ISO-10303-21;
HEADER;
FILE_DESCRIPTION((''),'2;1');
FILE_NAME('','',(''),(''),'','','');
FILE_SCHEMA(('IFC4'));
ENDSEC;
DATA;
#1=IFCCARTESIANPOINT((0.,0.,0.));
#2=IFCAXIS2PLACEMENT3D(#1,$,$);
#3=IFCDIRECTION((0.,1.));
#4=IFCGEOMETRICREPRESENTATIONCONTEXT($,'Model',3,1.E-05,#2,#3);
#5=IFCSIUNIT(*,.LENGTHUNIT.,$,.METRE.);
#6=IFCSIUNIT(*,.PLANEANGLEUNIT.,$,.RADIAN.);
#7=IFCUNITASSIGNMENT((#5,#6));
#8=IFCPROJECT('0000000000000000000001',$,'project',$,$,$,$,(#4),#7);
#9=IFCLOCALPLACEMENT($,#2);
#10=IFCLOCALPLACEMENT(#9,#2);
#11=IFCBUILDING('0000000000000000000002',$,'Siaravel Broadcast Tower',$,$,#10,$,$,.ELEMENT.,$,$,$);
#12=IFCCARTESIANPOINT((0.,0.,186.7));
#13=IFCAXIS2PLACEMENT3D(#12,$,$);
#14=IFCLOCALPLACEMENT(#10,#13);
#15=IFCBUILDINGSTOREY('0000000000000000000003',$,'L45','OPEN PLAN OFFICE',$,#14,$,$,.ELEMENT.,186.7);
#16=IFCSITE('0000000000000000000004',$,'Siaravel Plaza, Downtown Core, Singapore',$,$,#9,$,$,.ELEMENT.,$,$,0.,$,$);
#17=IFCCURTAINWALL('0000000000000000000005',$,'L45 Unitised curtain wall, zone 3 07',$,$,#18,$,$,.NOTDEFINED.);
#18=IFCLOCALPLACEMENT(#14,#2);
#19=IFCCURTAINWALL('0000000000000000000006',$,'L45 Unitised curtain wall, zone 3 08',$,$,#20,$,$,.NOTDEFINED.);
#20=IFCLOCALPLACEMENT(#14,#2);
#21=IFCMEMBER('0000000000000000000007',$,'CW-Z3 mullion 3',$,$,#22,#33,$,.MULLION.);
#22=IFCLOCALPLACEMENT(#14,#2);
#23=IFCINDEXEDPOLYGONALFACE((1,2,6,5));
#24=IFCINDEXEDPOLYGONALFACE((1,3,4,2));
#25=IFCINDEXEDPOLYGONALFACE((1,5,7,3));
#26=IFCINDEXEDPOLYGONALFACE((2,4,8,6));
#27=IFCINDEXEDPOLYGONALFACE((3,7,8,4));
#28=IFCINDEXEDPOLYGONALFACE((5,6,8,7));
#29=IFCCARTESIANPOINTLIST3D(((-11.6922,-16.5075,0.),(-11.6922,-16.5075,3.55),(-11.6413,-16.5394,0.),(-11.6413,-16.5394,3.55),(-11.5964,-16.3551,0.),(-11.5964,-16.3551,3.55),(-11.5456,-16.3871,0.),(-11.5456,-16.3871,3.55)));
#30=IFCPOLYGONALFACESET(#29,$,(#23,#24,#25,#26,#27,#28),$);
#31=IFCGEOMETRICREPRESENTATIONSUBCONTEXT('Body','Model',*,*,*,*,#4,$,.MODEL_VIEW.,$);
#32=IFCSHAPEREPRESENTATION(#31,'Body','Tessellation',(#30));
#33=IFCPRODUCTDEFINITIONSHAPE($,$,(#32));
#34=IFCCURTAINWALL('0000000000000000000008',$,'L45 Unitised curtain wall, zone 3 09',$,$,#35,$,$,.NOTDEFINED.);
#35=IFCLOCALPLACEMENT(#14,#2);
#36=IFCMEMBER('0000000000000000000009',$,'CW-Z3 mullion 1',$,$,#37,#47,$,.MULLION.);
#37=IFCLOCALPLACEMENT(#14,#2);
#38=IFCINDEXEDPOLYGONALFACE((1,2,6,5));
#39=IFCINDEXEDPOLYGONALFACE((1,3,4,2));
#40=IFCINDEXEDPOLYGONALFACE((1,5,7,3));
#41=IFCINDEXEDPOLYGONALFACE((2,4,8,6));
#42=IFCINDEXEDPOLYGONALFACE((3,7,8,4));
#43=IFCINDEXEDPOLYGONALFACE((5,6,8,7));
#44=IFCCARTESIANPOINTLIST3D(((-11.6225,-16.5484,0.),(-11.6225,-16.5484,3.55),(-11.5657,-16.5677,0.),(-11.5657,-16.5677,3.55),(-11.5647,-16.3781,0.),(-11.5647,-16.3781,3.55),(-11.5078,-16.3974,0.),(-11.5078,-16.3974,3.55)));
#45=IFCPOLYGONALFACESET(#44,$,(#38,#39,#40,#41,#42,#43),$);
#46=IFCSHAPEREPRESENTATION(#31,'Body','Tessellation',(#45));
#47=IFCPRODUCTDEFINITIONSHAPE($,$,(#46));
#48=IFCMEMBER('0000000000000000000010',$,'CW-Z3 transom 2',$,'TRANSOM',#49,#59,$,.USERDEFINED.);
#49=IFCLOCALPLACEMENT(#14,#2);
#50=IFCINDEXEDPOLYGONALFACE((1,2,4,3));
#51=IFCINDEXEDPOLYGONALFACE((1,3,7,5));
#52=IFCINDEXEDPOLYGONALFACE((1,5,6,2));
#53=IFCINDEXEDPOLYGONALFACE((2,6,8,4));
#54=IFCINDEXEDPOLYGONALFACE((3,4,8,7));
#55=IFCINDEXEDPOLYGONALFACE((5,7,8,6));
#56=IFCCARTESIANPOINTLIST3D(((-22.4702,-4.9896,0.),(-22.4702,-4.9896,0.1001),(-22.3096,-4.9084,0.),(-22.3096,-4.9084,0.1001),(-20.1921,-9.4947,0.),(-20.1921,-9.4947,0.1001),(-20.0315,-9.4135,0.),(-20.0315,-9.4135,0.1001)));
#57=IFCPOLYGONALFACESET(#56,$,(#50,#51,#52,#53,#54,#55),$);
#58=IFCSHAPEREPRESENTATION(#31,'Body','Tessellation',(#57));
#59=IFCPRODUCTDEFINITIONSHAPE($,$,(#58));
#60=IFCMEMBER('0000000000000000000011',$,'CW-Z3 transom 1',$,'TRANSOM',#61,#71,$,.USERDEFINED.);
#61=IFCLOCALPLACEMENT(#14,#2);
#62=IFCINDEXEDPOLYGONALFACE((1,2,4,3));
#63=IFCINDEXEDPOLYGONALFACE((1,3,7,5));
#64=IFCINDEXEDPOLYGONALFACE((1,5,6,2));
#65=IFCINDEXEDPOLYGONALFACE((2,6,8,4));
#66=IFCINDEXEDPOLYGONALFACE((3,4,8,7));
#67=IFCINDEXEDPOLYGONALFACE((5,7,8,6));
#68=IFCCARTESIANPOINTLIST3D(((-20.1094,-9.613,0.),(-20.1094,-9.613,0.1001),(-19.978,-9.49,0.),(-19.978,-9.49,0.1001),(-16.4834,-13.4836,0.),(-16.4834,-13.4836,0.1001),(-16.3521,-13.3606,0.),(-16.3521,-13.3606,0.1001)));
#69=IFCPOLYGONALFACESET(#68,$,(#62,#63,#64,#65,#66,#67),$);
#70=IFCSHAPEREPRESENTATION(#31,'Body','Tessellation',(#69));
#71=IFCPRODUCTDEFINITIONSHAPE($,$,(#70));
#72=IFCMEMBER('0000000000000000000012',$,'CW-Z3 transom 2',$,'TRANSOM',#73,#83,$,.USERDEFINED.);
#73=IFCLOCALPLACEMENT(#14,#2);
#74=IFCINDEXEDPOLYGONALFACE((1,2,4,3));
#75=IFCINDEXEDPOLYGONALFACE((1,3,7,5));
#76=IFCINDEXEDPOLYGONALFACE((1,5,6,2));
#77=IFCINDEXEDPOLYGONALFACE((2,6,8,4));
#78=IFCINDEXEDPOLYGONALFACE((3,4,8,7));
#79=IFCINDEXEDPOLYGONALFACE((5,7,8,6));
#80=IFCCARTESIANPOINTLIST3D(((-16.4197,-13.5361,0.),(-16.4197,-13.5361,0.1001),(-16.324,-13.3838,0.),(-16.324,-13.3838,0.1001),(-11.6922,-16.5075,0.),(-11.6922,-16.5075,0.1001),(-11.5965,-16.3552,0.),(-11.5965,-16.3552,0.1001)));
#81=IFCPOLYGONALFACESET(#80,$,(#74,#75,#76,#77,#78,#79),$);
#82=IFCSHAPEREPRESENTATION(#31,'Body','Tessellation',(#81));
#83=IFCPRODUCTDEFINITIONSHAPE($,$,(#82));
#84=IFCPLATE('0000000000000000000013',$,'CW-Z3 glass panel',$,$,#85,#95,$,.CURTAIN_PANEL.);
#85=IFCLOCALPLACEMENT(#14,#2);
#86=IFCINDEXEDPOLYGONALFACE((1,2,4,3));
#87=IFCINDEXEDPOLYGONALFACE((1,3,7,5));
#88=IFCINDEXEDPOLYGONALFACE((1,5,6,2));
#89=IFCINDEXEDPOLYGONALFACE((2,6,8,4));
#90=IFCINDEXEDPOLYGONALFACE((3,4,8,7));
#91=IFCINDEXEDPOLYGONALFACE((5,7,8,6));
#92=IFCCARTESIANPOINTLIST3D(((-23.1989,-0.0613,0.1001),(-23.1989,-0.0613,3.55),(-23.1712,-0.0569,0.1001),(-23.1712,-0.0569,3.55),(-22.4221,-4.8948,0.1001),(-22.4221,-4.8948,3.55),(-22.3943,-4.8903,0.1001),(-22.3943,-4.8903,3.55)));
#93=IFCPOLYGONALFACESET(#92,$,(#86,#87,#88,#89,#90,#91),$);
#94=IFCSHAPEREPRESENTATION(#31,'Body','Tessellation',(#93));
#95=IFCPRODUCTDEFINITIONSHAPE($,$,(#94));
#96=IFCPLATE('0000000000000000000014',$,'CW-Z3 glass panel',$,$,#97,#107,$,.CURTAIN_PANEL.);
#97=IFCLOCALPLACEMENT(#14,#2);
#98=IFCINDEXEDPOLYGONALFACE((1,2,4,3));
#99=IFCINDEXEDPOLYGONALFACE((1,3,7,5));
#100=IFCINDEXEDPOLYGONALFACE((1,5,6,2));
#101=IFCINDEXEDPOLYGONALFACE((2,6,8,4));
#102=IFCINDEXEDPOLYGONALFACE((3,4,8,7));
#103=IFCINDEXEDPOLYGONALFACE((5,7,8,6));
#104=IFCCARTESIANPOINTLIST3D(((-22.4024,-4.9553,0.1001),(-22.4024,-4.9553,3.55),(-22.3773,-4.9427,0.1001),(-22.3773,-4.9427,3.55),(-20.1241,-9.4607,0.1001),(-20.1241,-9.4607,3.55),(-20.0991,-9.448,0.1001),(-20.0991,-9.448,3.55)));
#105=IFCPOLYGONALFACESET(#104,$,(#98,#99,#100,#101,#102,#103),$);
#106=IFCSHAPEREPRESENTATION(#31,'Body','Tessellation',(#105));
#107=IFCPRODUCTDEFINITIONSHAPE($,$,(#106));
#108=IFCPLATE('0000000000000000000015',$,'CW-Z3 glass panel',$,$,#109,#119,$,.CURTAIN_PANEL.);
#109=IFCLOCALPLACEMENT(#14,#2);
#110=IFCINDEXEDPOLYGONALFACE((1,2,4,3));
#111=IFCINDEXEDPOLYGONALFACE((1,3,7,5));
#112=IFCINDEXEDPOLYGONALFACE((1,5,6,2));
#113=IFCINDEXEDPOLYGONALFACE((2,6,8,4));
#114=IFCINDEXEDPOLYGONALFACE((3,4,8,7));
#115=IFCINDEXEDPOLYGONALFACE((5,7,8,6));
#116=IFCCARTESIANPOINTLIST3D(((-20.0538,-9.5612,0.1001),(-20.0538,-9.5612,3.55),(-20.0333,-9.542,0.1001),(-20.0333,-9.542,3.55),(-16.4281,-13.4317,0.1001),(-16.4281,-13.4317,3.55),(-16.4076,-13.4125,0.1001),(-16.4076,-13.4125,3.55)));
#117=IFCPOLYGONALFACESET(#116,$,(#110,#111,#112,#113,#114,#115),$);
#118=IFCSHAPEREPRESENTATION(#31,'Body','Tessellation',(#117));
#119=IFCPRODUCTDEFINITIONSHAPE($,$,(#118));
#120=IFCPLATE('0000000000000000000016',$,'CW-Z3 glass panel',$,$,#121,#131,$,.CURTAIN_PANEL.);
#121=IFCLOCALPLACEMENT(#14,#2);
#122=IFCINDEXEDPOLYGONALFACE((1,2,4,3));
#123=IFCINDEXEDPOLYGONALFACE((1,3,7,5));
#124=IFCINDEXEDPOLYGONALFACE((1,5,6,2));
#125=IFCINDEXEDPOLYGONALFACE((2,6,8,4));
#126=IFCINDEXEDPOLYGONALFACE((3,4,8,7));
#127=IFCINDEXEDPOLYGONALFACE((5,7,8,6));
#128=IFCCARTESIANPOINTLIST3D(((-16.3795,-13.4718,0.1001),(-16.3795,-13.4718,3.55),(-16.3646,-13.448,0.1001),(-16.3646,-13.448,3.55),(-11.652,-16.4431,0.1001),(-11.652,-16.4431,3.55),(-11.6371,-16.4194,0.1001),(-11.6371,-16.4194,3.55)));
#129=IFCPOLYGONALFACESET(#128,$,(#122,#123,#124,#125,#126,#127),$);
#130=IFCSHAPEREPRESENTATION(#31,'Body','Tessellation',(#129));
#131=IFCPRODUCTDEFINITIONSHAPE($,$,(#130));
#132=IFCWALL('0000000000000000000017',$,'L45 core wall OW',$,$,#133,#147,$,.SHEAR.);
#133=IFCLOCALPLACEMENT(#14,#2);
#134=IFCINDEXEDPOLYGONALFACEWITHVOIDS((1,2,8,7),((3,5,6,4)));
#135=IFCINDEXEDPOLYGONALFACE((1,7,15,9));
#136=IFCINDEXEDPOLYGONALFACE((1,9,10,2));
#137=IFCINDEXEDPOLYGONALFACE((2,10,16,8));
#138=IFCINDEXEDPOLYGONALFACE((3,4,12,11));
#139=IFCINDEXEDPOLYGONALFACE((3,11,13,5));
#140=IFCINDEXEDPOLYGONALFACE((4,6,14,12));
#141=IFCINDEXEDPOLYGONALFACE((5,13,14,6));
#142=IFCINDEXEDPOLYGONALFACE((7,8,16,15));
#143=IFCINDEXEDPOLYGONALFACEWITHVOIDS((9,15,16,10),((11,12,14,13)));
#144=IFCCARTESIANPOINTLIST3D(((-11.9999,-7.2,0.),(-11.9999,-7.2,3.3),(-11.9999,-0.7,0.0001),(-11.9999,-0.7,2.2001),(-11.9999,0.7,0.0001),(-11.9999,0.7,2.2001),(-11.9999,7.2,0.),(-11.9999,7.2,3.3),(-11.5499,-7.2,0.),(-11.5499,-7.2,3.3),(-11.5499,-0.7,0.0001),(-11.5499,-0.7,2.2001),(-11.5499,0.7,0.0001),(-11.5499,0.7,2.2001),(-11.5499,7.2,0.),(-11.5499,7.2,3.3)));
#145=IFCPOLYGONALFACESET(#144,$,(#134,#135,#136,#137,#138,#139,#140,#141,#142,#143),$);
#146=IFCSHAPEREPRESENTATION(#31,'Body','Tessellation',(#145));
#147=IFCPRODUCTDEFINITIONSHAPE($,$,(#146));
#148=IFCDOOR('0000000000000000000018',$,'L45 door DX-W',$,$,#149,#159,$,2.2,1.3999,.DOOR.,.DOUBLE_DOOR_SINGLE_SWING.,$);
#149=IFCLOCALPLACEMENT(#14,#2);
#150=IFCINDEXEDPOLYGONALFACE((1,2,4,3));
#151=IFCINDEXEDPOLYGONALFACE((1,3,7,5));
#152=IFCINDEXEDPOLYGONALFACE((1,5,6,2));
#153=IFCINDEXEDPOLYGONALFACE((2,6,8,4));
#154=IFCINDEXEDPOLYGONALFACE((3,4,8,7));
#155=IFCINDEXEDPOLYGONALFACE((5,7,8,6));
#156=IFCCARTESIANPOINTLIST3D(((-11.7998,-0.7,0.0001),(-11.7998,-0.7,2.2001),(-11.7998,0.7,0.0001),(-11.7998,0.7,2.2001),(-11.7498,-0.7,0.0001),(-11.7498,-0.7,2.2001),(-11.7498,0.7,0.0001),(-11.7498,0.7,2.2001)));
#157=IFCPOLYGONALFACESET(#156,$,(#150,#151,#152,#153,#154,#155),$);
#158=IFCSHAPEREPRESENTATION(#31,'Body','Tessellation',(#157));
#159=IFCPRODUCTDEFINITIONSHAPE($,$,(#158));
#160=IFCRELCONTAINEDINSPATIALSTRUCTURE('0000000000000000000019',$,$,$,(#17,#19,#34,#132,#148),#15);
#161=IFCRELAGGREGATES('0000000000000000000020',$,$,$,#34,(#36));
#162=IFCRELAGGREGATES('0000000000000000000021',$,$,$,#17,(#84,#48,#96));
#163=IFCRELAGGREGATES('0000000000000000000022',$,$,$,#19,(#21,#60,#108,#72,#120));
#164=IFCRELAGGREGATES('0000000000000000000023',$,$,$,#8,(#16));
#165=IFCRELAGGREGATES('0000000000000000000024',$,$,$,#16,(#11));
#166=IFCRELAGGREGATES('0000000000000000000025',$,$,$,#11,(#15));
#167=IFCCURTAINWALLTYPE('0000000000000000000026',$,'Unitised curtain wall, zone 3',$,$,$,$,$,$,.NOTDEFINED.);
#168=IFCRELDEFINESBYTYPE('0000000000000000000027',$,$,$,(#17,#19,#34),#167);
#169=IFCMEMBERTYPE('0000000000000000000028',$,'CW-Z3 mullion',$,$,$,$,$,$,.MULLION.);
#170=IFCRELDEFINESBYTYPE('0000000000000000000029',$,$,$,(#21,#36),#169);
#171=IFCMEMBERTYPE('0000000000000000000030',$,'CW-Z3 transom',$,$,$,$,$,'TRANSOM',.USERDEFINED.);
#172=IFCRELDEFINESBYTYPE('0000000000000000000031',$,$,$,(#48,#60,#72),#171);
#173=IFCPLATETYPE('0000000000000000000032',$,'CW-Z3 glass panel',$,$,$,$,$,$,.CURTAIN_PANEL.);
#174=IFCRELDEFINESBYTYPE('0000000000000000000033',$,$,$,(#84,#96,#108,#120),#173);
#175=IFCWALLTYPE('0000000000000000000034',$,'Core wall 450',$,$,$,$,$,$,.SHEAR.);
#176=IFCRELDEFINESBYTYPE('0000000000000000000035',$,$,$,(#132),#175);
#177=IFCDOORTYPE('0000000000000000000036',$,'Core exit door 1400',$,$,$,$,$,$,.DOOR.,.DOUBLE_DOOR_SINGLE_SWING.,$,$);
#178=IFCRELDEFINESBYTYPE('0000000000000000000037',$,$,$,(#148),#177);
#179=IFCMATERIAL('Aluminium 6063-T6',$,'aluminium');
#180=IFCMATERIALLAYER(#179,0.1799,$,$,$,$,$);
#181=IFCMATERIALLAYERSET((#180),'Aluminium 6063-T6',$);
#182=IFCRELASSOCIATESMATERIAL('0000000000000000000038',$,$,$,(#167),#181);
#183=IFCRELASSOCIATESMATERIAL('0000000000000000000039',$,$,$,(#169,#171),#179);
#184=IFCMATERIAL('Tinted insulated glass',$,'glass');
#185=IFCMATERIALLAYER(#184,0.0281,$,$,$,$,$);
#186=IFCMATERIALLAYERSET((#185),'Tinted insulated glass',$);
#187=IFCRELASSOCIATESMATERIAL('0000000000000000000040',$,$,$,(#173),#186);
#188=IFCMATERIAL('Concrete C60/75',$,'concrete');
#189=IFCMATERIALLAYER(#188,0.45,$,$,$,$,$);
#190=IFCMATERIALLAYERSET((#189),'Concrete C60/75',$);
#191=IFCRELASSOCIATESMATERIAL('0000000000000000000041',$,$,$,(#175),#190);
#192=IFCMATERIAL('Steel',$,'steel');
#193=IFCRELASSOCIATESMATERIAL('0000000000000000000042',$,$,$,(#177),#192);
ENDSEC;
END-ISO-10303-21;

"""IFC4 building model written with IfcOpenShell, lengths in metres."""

from ifc_helpers import new_model, si_unit, direction, frame, frame_2d, origin, origin_2d, place, context, subcontext, project, spatial, rectangle, extrude, material, layer, layer_set, material_profile, profile_set, type_object, element, fill, aggregate, save


model = new_model("IFC4")

# Units and contexts
model_context = context("Model", 3, precision=1e-05, world=origin(), true_north=direction((0.0, 1.0)))
body_context = subcontext(model_context, "Body", "Model", "MODEL_VIEW")
ifc_project = project(units=[si_unit("LENGTHUNIT", "METRE"), si_unit("PLANEANGLEUNIT", "RADIAN")], contexts=[model_context])

# Site, building, storey
site_placement = place(None, origin())
site = spatial("IfcSite", under=ifc_project, at=site_placement, Name="Siaravel Plaza, Downtown Core, Singapore", CompositionType="ELEMENT", RefElevation=0.0)
building_placement = place(site_placement, origin())
building = spatial("IfcBuilding", under=site, at=building_placement, Name="Siaravel Broadcast Tower", CompositionType="ELEMENT")
storey_placement = place(building_placement, frame((0.0, 0.0, 186.7)))
storey = spatial("IfcBuildingStorey", under=building, at=storey_placement, Name="L45", Description="OPEN PLAN OFFICE", CompositionType="ELEMENT", Elevation=186.7)

# Shared definitions
ifc_material_1 = material(Name="Concrete C60/75", Category="concrete")

# Curtain walls, member
ifc_material_2 = material(Name="Aluminium 6063-T6", Category="aluminium")
ifc_layer_1 = layer(ifc_material_2, 0.1799)
ifc_layer_set_1 = layer_set([ifc_layer_1], Name="Aluminium 6063-T6")
curtain_wall_type = type_object("IfcCurtainWallType", Name="Unitised curtain wall, zone 3", PredefinedType="NOTDEFINED", material=ifc_layer_set_1)
curtain_wall_1_placement = place(storey_placement, origin())
curtain_wall_1 = element("IfcCurtainWall", 1, at=curtain_wall_1_placement, inside=storey, type_object=curtain_wall_type, Name="L45 Unitised curtain wall, zone 3 07", PredefinedType="NOTDEFINED")
ifc_material_profile_1 = material_profile(ifc_material_2, rectangle(XDim=0.1799, YDim=0.0601, at=origin_2d()))
ifc_profile_set_1 = profile_set([ifc_material_profile_1], Name="Aluminium 6063-T6")
member_type_1 = type_object("IfcMemberType", Name="CW-Z3 mullion", PredefinedType="MULLION", material=ifc_profile_set_1)
curtain_wall_2_placement = place(storey_placement, origin())
curtain_wall_2 = element("IfcCurtainWall", 2, at=curtain_wall_2_placement, inside=storey, type_object=curtain_wall_type, Name="L45 Unitised curtain wall, zone 3 08", PredefinedType="NOTDEFINED")
member_1_placement = place(storey_placement, frame((-11.6189, -16.4473, 0.0), z_axis=(0.0, 0.0, 1.0), x_axis=(0.532149, 0.846651, 0.0)))
member_1 = element("IfcMember", 3, at=member_1_placement, type_object=member_type_1, Name="CW-Z3 mullion 3", PredefinedType="MULLION", context=body_context, shape_type="SweptSolid", body=[
    extrude(rectangle(XDim=0.1799, YDim=0.0601, at=origin_2d()), origin(), (0.0, 0.0, 1.0), 3.55),
])

# Curtain wall, member
curtain_wall_3_placement = place(storey_placement, origin())
curtain_wall_3 = element("IfcCurtainWall", 4, at=curtain_wall_3_placement, inside=storey, type_object=curtain_wall_type, Name="L45 Unitised curtain wall, zone 3 09", PredefinedType="NOTDEFINED")
member_2_placement = place(storey_placement, frame((-11.5652, -16.4729, 0.0), z_axis=(0.0, 0.0, 1.0), x_axis=(0.3213, 0.946977, 0.0)))
member_2 = element("IfcMember", 5, at=member_2_placement, type_object=member_type_1, Name="CW-Z3 mullion 1", PredefinedType="MULLION", context=body_context, shape_type="SweptSolid", body=[
    extrude(rectangle(XDim=0.1799, YDim=0.0601, at=origin_2d()), origin(), (0.0, 0.0, 1.0), 3.55),
])
aggregate(curtain_wall_3, [member_2])

# Members
ifc_material_profile_2 = material_profile(ifc_material_2, rectangle(XDim=0.1799, YDim=0.1001, at=origin_2d()))
ifc_profile_set_2 = profile_set([ifc_material_profile_2], Name="Aluminium 6063-T6")
member_type_2 = type_object("IfcMemberType", Name="CW-Z3 transom", ElementType="TRANSOM", PredefinedType="USERDEFINED", material=ifc_profile_set_2)
member_3_placement = place(storey_placement, frame((-22.3899, -4.949, 0.05), z_axis=(0.451252, -0.892397, 0.0), x_axis=(0.892397, 0.451252, 0.0)))
member_3 = element("IfcMember", 6, at=member_3_placement, type_object=member_type_2, Name="CW-Z3 transom 2", ObjectType="TRANSOM", PredefinedType="USERDEFINED", context=body_context, shape_type="SweptSolid", body=[
    extrude(rectangle(XDim=0.1799, YDim=0.1001, at=origin_2d()), origin(), (0.0, 0.0, 1.0), 5.0483),
])
member_4_placement = place(storey_placement, frame((-20.0437, -9.5515, 0.05), z_axis=(0.683669, -0.729793, 0.0), x_axis=(0.729793, 0.683669, 0.0)))
member_4 = element("IfcMember", 7, at=member_4_placement, type_object=member_type_2, Name="CW-Z3 transom 1", ObjectType="TRANSOM", PredefinedType="USERDEFINED", context=body_context, shape_type="SweptSolid", body=[
    extrude(rectangle(XDim=0.1799, YDim=0.1001, at=origin_2d()), origin(), (0.0, 0.0, 1.0), 5.3037),
])
member_5_placement = place(storey_placement, frame((-16.3718, -13.46, 0.05), z_axis=(0.846649, -0.532151, 0.0), x_axis=(0.532151, 0.846649, 0.0)))
member_5 = element("IfcMember", 8, at=member_5_placement, type_object=member_type_2, Name="CW-Z3 transom 2", ObjectType="TRANSOM", PredefinedType="USERDEFINED", context=body_context, shape_type="SweptSolid", body=[
    extrude(rectangle(XDim=0.1799, YDim=0.1001, at=origin_2d()), origin(), (0.0, 0.0, 1.0), 5.5837),
])

# Plates
ifc_material_3 = material(Name="Tinted insulated glass", Category="glass")
ifc_layer_2 = layer(ifc_material_3, 0.0281)
ifc_layer_set_2 = layer_set([ifc_layer_2], Name="Tinted insulated glass")
plate_type = type_object("IfcPlateType", Name="CW-Z3 glass panel", PredefinedType="CURTAIN_PANEL", material=ifc_layer_set_2)
plate_1_placement = place(storey_placement, frame((-22.7966, -2.4758, 0.1001), z_axis=(0.0, 0.0, 1.0), x_axis=(0.158686, -0.987329, 0.0)))
plate_1 = element("IfcPlate", 9, at=plate_1_placement, type_object=plate_type, Name="CW-Z3 glass panel", PredefinedType="CURTAIN_PANEL", context=body_context, shape_type="SweptSolid", body=[
    extrude(rectangle(XDim=4.8955, YDim=0.0281, at=origin_2d()), origin(), (0.0, 0.0, 1.0), 3.45),
])
plate_2_placement = place(storey_placement, frame((-21.2507, -7.2017, 0.1001), z_axis=(0.0, 0.0, 1.0), x_axis=(0.451261, -0.892392, 0.0)))
plate_2 = element("IfcPlate", 10, at=plate_2_placement, type_object=plate_type, Name="CW-Z3 glass panel", PredefinedType="CURTAIN_PANEL", context=body_context, shape_type="SweptSolid", body=[
    extrude(rectangle(XDim=5.0486, YDim=0.0281, at=origin_2d()), origin(), (0.0, 0.0, 1.0), 3.45),
])
aggregate(curtain_wall_1, [plate_1, member_3, plate_2])
plate_3_placement = place(storey_placement, frame((-18.2307, -11.4868, 0.1001), z_axis=(0.0, 0.0, 1.0), x_axis=(0.683655, -0.729805, 0.0)))
plate_3 = element("IfcPlate", 11, at=plate_3_placement, type_object=plate_type, Name="CW-Z3 glass panel", PredefinedType="CURTAIN_PANEL", context=body_context, shape_type="SweptSolid", body=[
    extrude(rectangle(XDim=5.3035, YDim=0.0281, at=origin_2d()), origin(), (0.0, 0.0, 1.0), 3.45),
])
plate_4_placement = place(storey_placement, frame((-14.0083, -14.9456, 0.1001), z_axis=(0.0, 0.0, 1.0), x_axis=(0.846651, -0.532149, 0.0)))
plate_4 = element("IfcPlate", 12, at=plate_4_placement, type_object=plate_type, Name="CW-Z3 glass panel", PredefinedType="CURTAIN_PANEL", context=body_context, shape_type="SweptSolid", body=[
    extrude(rectangle(XDim=5.5837, YDim=0.0281, at=origin_2d()), origin(), (0.0, 0.0, 1.0), 3.45),
])
aggregate(curtain_wall_2, [member_1, member_4, plate_3, member_5, plate_4])

# Wall, opening, door
ifc_layer_3 = layer(ifc_material_1, 0.45)
ifc_layer_set_3 = layer_set([ifc_layer_3], Name="Concrete C60/75")
wall_type_1 = type_object("IfcWallType", Name="Core wall 450", PredefinedType="SHEAR", material=ifc_layer_set_3)
wall_1_placement = place(storey_placement, frame((-11.7749, -7.2, 0.0), z_axis=(0.0, 0.0, 1.0), x_axis=(0.0, 1.0, 0.0)))
wall_1 = element("IfcWall", 13, at=wall_1_placement, inside=storey, type_object=wall_type_1, Name="L45 core wall OW", PredefinedType="SHEAR", context=body_context, shape_type="SweptSolid", body=[
    extrude(rectangle(XDim=14.3999, YDim=0.45, at=frame_2d((7.2, 0.0))), origin(), (0.0, 0.0, 1.0), 3.3),
])
opening_1_placement = place(wall_1_placement, frame((6.5, 0.0, 0.0)))
opening_1 = element("IfcOpeningElement", 14, at=opening_1_placement, cuts=wall_1, PredefinedType="OPENING", context=body_context, shape_type="SweptSolid", body=[
    extrude(rectangle(XDim=1.3999, YDim=2.2, at=frame_2d((0.7, 1.1001))), frame((0.0, 0.2349, 0.0), z_axis=(0.0, -1.0, 0.0), x_axis=(1.0, 0.0, 0.0)), (0.0, 0.0, 1.0), 0.47),
])
ifc_material_4 = material(Name="Steel", Category="steel")
door_type_1 = type_object("IfcDoorType", Name="Core exit door 1400", OperationType="DOUBLE_DOOR_SINGLE_SWING", PredefinedType="DOOR", material=ifc_material_4)
door_1_placement = place(opening_1_placement, origin())
door_1 = element("IfcDoor", 15, at=door_1_placement, inside=storey, type_object=door_type_1, Name="L45 door DX-W", OperationType="DOUBLE_DOOR_SINGLE_SWING", OverallHeight=2.2, OverallWidth=1.3999, PredefinedType="DOOR", context=body_context, shape_type="SweptSolid", body=[
    extrude(rectangle(XDim=1.3999, YDim=2.2, at=frame_2d((0.7, 1.1001))), frame((0.0, 0.0249, 0.0), z_axis=(0.0, -1.0, 0.0), x_axis=(1.0, 0.0, 0.0)), (0.0, 0.0, 1.0), 0.05),
])
fill(opening_1, door_1)

save(model, "model.ifc")
